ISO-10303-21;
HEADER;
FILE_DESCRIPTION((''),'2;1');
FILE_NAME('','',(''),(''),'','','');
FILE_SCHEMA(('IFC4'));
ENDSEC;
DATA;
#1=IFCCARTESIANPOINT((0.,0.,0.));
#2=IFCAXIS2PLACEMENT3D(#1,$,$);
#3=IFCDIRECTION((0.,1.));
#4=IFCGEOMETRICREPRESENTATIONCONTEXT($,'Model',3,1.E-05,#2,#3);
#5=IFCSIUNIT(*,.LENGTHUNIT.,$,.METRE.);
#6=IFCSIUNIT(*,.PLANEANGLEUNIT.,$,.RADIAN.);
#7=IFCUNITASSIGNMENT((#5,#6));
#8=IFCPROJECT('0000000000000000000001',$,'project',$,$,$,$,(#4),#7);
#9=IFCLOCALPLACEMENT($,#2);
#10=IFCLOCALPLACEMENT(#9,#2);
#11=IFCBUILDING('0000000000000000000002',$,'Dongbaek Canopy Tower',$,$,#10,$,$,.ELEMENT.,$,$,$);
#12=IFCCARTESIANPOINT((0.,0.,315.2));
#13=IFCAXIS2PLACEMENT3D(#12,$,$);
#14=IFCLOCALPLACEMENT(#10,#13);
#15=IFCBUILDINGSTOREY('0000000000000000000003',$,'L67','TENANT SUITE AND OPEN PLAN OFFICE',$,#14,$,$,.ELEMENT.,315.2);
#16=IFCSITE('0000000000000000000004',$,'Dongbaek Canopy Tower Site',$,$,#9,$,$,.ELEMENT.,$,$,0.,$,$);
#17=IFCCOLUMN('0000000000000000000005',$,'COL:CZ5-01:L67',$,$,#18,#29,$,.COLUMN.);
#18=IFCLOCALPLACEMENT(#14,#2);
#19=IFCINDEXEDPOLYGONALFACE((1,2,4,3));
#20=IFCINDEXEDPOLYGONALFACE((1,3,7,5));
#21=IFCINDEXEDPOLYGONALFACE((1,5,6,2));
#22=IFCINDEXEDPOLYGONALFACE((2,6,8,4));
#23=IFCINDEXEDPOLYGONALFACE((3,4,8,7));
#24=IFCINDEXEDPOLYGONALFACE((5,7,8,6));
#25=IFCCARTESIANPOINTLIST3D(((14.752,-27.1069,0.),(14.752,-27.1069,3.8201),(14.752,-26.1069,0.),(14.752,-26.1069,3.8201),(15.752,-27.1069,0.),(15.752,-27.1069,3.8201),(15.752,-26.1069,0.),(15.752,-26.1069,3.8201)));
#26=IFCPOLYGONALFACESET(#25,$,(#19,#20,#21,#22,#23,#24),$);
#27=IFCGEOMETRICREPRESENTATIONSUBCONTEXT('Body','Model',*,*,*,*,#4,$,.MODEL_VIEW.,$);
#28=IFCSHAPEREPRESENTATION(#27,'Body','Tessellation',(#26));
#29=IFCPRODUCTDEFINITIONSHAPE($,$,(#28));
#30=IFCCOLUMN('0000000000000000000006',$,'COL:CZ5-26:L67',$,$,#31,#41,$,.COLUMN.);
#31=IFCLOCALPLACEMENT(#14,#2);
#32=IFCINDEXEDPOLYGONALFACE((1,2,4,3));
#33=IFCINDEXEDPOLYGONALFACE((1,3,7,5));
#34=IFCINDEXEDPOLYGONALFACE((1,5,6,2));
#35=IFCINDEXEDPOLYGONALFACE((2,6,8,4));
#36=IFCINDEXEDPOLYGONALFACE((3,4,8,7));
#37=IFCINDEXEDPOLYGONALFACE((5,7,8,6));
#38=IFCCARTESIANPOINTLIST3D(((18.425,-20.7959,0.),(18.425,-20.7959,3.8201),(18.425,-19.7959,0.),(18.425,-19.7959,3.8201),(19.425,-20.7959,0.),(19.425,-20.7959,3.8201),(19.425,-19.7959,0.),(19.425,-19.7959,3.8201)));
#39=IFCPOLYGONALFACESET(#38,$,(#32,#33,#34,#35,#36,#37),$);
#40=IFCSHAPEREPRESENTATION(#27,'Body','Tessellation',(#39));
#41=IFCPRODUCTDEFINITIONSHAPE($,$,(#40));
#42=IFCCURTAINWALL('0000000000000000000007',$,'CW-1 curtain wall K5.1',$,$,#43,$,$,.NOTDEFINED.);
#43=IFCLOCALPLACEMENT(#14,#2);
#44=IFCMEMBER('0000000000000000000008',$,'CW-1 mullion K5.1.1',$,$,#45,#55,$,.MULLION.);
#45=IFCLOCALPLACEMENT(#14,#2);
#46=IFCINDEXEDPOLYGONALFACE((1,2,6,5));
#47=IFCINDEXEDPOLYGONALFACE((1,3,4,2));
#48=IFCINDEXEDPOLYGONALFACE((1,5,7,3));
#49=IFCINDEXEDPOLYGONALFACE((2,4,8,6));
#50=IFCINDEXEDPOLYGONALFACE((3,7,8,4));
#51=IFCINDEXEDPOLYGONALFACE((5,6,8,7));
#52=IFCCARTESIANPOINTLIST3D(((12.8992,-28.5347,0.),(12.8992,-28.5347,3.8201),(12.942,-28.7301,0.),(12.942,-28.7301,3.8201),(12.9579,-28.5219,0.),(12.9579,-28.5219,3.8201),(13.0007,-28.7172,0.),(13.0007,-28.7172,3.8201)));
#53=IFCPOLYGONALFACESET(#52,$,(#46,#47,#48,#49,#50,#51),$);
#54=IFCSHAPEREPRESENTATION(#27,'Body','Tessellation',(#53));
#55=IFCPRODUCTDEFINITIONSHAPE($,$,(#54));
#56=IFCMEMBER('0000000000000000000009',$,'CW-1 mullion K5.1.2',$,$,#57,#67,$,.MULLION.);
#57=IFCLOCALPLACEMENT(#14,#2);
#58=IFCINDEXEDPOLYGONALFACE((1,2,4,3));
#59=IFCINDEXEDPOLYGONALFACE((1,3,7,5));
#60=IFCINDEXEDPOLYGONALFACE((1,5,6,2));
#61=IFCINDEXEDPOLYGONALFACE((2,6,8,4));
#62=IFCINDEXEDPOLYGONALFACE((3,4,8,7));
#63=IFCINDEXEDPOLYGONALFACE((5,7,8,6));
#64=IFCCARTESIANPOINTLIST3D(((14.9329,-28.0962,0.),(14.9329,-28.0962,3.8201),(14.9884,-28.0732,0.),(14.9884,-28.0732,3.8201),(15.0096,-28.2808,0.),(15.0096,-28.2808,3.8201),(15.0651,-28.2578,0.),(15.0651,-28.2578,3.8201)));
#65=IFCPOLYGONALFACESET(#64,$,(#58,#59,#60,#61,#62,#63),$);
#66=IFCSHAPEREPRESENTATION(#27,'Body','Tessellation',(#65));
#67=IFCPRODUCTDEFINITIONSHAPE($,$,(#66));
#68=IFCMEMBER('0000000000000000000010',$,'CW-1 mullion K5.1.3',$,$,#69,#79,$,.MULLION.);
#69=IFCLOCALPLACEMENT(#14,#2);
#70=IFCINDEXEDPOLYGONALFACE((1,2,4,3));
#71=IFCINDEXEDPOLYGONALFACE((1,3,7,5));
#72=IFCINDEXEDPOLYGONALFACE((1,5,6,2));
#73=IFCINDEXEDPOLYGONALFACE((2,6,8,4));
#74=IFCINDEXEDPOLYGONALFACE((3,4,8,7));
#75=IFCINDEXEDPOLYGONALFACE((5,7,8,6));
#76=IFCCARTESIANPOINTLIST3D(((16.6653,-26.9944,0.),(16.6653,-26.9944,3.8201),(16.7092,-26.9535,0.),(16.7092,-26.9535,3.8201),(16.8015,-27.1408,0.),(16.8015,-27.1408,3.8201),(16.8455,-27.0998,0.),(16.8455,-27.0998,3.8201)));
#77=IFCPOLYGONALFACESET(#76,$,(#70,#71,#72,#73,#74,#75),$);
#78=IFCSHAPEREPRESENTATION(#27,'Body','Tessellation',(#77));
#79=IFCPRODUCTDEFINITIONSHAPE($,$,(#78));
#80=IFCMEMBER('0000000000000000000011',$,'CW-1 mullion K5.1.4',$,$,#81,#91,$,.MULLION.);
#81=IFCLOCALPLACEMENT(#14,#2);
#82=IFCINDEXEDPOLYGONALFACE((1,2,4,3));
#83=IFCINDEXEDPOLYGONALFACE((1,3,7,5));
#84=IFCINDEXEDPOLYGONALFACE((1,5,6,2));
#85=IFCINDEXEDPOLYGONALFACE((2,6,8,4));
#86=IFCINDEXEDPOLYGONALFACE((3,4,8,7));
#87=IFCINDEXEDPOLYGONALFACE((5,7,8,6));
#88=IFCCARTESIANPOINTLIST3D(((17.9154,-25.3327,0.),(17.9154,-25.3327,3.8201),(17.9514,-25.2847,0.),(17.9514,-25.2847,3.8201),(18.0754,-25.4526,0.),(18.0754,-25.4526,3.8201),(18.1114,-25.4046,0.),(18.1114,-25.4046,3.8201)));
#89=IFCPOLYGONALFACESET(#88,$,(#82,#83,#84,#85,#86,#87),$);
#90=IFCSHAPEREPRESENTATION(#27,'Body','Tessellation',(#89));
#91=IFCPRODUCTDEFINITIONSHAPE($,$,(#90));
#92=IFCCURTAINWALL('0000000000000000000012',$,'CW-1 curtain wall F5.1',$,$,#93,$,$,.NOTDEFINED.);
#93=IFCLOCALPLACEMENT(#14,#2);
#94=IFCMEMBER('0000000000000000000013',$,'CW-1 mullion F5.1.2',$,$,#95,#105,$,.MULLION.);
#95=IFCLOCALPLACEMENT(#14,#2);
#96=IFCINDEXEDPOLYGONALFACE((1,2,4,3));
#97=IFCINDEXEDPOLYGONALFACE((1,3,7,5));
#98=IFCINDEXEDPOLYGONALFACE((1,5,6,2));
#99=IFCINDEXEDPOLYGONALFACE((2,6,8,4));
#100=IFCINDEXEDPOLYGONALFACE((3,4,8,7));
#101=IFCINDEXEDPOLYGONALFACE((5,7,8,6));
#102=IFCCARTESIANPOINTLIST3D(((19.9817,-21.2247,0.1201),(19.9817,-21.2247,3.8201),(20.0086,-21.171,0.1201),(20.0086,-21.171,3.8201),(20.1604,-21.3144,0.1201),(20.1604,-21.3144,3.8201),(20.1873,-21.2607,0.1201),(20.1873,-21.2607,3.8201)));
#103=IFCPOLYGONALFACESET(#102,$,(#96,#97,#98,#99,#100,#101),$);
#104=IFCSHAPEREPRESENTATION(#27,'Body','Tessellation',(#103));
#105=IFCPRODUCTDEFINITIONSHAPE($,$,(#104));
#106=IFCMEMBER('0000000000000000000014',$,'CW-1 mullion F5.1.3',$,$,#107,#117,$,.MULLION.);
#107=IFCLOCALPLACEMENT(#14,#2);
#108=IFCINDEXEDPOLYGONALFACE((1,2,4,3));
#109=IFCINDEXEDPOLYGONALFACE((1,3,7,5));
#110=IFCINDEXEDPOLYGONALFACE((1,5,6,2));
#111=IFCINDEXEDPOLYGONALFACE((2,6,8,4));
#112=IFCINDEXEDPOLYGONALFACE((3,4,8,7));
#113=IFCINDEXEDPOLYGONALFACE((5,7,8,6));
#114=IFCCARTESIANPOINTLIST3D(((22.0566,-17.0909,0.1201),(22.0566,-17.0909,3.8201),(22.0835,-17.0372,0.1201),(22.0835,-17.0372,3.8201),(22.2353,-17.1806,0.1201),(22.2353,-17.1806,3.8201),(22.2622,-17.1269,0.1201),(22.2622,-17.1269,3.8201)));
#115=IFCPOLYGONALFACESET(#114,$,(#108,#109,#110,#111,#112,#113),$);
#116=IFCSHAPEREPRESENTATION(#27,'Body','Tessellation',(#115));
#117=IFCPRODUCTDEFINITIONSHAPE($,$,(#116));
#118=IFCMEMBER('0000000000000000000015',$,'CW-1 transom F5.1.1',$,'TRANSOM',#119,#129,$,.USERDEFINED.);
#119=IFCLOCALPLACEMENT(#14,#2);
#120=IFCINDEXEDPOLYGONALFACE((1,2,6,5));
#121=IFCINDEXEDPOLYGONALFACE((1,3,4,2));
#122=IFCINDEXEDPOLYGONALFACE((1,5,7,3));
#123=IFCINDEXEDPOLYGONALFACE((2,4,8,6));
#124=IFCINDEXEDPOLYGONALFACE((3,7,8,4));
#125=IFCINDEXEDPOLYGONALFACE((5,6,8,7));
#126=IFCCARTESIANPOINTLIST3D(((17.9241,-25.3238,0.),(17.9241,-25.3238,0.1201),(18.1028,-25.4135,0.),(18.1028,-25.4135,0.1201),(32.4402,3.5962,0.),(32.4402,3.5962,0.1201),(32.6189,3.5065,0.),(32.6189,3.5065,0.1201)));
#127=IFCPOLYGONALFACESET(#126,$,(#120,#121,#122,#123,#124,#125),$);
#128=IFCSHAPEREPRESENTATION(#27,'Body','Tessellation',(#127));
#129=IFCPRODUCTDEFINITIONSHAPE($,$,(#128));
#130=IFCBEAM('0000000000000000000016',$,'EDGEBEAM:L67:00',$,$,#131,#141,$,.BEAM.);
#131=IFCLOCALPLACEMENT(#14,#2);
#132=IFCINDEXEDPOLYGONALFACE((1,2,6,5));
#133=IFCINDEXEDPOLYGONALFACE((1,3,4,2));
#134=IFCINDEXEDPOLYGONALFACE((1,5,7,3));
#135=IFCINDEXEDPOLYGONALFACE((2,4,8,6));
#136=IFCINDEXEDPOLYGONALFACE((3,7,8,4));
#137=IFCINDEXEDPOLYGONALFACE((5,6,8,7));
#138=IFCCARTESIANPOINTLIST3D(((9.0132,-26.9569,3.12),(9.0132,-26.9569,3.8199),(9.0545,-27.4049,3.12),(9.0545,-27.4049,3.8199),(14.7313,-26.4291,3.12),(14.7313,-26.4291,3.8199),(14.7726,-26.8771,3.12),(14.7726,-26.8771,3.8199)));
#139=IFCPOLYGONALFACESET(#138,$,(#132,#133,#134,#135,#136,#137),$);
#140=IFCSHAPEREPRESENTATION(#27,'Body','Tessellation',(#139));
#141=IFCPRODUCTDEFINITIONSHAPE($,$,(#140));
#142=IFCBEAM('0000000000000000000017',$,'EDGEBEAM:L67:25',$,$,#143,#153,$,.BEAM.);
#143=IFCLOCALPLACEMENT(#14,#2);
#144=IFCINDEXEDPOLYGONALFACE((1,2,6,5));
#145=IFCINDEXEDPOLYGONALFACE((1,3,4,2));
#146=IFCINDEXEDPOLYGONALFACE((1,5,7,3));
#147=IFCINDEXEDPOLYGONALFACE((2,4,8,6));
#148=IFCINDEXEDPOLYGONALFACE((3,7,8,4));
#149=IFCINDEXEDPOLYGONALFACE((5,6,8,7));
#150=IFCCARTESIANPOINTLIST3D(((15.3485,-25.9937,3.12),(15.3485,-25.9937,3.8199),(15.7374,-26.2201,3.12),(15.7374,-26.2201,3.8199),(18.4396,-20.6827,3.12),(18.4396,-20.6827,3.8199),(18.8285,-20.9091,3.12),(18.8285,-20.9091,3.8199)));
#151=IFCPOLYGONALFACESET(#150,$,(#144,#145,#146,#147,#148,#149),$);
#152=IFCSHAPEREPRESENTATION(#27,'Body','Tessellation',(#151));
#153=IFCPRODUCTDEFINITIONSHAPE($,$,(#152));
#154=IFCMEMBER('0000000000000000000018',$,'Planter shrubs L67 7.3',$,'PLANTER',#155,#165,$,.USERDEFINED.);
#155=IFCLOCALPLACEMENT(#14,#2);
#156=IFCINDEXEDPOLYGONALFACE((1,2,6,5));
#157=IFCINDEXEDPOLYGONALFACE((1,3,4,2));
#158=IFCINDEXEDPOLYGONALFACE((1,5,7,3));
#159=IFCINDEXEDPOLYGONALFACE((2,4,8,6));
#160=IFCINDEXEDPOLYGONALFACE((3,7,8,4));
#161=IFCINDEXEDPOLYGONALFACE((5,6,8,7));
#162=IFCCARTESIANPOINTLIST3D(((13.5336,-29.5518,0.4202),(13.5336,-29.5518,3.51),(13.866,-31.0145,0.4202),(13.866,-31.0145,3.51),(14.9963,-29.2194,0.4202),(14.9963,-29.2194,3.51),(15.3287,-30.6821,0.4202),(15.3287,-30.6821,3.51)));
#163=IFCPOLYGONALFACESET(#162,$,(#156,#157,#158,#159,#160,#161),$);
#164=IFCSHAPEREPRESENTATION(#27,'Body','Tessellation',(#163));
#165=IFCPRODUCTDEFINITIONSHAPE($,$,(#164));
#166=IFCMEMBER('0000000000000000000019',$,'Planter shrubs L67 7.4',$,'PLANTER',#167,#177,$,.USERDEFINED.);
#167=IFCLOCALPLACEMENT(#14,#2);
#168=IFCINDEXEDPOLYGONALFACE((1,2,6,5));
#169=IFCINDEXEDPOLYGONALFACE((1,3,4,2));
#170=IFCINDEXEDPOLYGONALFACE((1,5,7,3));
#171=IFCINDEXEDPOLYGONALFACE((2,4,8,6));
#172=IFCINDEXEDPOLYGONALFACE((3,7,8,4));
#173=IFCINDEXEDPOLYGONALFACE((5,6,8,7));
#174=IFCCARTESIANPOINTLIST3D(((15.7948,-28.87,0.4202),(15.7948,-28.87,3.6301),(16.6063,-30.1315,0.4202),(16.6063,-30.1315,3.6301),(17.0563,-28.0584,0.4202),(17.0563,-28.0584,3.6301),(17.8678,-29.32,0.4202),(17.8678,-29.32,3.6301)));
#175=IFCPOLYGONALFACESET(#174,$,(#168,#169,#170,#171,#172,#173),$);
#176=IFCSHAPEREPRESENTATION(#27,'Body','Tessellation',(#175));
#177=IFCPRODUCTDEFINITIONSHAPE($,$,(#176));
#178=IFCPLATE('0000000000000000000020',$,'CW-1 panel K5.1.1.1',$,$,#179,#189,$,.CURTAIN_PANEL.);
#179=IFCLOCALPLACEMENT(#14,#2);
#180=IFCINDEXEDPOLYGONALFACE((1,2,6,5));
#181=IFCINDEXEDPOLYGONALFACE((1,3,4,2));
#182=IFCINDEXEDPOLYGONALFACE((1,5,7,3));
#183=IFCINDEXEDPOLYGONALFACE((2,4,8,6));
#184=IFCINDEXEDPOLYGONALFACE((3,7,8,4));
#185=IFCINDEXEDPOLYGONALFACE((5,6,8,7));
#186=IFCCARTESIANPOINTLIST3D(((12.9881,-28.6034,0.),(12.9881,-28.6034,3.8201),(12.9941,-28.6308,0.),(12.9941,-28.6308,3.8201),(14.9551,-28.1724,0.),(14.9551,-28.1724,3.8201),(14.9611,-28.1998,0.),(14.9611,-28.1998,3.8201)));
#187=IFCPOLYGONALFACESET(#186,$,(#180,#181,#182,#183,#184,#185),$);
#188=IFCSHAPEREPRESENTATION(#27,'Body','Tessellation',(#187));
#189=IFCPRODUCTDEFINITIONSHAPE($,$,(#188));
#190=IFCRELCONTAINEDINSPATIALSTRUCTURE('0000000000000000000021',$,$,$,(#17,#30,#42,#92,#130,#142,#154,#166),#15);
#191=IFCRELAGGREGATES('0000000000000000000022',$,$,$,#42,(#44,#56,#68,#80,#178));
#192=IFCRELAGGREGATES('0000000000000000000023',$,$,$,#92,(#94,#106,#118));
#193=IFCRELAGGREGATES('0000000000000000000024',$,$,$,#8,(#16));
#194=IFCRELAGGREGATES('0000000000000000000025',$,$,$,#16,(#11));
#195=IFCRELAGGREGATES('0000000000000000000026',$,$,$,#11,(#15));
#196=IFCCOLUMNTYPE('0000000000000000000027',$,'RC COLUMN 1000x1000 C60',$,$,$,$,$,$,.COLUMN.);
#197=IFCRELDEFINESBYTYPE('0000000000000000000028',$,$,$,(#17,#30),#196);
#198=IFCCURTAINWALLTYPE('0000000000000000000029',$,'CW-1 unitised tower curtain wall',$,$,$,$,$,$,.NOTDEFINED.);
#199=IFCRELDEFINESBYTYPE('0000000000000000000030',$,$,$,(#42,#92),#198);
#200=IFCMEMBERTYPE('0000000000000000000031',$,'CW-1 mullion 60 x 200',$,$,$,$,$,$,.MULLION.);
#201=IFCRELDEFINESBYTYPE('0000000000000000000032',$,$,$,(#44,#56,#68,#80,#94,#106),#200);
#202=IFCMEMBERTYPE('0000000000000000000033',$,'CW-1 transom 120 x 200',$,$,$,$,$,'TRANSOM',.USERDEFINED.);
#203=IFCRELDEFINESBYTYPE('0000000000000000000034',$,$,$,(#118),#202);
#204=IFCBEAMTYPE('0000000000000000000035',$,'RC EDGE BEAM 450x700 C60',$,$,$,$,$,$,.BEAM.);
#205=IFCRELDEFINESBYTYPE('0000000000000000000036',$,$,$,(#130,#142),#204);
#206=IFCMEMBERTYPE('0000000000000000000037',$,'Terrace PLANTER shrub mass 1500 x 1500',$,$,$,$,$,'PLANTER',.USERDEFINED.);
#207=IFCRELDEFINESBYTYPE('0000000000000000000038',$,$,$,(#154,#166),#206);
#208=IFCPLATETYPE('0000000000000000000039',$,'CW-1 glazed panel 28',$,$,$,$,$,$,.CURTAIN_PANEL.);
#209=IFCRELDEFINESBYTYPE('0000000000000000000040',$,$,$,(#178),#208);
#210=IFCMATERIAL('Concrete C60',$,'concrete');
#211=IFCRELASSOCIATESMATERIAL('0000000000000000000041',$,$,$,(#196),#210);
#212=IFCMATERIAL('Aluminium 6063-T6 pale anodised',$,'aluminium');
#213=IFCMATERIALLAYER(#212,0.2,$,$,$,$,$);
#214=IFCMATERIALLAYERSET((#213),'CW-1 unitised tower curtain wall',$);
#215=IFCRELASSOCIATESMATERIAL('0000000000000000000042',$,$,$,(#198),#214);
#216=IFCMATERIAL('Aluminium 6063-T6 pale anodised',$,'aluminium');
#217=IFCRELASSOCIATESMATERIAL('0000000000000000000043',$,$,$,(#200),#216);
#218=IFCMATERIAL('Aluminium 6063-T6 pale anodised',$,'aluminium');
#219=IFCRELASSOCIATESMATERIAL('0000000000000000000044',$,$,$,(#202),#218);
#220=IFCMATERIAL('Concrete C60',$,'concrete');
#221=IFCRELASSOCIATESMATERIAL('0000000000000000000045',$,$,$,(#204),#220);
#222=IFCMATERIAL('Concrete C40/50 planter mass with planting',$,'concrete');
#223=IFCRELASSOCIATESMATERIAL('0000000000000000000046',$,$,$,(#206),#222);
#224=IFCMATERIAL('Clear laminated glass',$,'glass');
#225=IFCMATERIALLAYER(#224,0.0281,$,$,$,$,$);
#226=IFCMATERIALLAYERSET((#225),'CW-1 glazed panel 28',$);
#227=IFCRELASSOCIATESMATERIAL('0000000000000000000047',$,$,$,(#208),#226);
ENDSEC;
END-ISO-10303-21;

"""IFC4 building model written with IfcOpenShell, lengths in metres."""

from ifc_helpers import new_model, si_unit, direction, frame, origin, origin_2d, place, context, subcontext, project, spatial, rectangle, extrude, material, layer, layer_set, material_profile, profile_set, type_object, element, aggregate, save


model = new_model("IFC4")

# Units and contexts
model_context = context("Model", 3, precision=1e-05, world=origin(), true_north=direction((0.0, 1.0)))
body_context = subcontext(model_context, "Body", "Model", "MODEL_VIEW")
ifc_project = project(units=[si_unit("LENGTHUNIT", "METRE"), si_unit("PLANEANGLEUNIT", "RADIAN")], contexts=[model_context])

# Site, building, storey
site_placement = place(None, origin())
site = spatial("IfcSite", under=ifc_project, at=site_placement, Name="Dongbaek Canopy Tower Site", CompositionType="ELEMENT", RefElevation=0.0)
building_placement = place(site_placement, origin())
building = spatial("IfcBuilding", under=site, at=building_placement, Name="Dongbaek Canopy Tower", CompositionType="ELEMENT")
storey_placement = place(building_placement, frame((0.0, 0.0, 315.2)))
storey = spatial("IfcBuildingStorey", under=building, at=storey_placement, Name="L67", Description="TENANT SUITE AND OPEN PLAN OFFICE", CompositionType="ELEMENT", Elevation=315.2)

# Columns
ifc_material_1 = material(Name="Concrete C60", Category="concrete")
ifc_material_profile_1 = material_profile(ifc_material_1, rectangle(XDim=1.0, YDim=1.0, at=origin_2d()), Name="RC COLUMN 1000x1000 C60")
ifc_profile_set_1 = profile_set([ifc_material_profile_1], Name="Concrete C60")
column_type = type_object("IfcColumnType", Name="RC COLUMN 1000x1000 C60", PredefinedType="COLUMN", material=ifc_profile_set_1)
for number, where, z_axis, x_axis, name in (
    (1, (15.252, -26.6069, 0.0), (0.0, 0.0, 1.0), (1.0, 0.0, 0.0), "COL:CZ5-01:L67"),
    (2, (18.925, -20.2959, 0.0), (0.0, 0.0, 1.0), (1.0, 0.0, 0.0), "COL:CZ5-26:L67"),
):
    element("IfcColumn", number, at=place(storey_placement, frame(where, z_axis=z_axis, x_axis=x_axis)), inside=storey, type_object=column_type, Name=name, PredefinedType="COLUMN", context=body_context, shape_type="SweptSolid", body=[
        extrude(rectangle(XDim=1.0, YDim=1.0, at=origin_2d()), origin(), (0.0, 0.0, 1.0), 3.8201),
    ])

# Curtain walls, members
ifc_material_2 = material(Name="Aluminium 6063-T6 pale anodised", Category="aluminium")
ifc_layer_1 = layer(ifc_material_2, 0.2)
ifc_layer_set_1 = layer_set([ifc_layer_1], Name="CW-1 unitised tower curtain wall")
curtain_wall_type = type_object("IfcCurtainWallType", Name="CW-1 unitised tower curtain wall", PredefinedType="NOTDEFINED", material=ifc_layer_set_1)
curtain_wall_1_placement = place(storey_placement, origin())
curtain_wall_1 = element("IfcCurtainWall", 3, at=curtain_wall_1_placement, inside=storey, type_object=curtain_wall_type, Name="CW-1 curtain wall K5.1", PredefinedType="NOTDEFINED")
ifc_material_3 = material(Name="Aluminium 6063-T6 pale anodised", Category="aluminium")
ifc_material_profile_2 = material_profile(ifc_material_3, rectangle(XDim=0.2, YDim=0.0601, at=origin_2d()), Name="CW-1 mullion 60 x 200")
ifc_profile_set_2 = profile_set([ifc_material_profile_2], Name="Aluminium 6063-T6 pale anodised")
member_type_1 = type_object("IfcMemberType", Name="CW-1 mullion 60 x 200", PredefinedType="MULLION", material=ifc_profile_set_2)
member_1_placement = place(storey_placement, frame((12.95, -28.626, 0.0), z_axis=(0.0, 0.0, 1.0), x_axis=(0.214032, -0.976827, 0.0)))
member_1 = element("IfcMember", 4, at=member_1_placement, type_object=member_type_1, Name="CW-1 mullion K5.1.1", PredefinedType="MULLION", context=body_context, shape_type="SweptSolid", body=[
    extrude(rectangle(XDim=0.2, YDim=0.0601, at=origin_2d()), origin(), (0.0, 0.0, 1.0), 3.8201),
])
member_2_placement = place(storey_placement, frame((14.999, -28.177, 0.0), z_axis=(0.0, 0.0, 1.0), x_axis=(0.38359, -0.923503, 0.0)))
member_2 = element("IfcMember", 5, at=member_2_placement, type_object=member_type_1, Name="CW-1 mullion K5.1.2", PredefinedType="MULLION", context=body_context, shape_type="SweptSolid", body=[
    extrude(rectangle(XDim=0.2, YDim=0.0601, at=origin_2d()), origin(), (0.0, 0.0, 1.0), 3.8201),
])
member_3_placement = place(storey_placement, frame((16.7554, -27.0471, 0.0), z_axis=(0.0, 0.0, 1.0), x_axis=(0.681375, -0.731934, 0.0)))
member_3 = element("IfcMember", 6, at=member_3_placement, type_object=member_type_1, Name="CW-1 mullion K5.1.3", PredefinedType="MULLION", context=body_context, shape_type="SweptSolid", body=[
    extrude(rectangle(XDim=0.2, YDim=0.0601, at=origin_2d()), origin(), (0.0, 0.0, 1.0), 3.8201),
])
member_4_placement = place(storey_placement, frame((18.0134, -25.3687, 0.0), z_axis=(0.0, 0.0, 1.0), x_axis=(0.800195, -0.59974, 0.0)))
member_4 = element("IfcMember", 7, at=member_4_placement, type_object=member_type_1, Name="CW-1 mullion K5.1.4", PredefinedType="MULLION", context=body_context, shape_type="SweptSolid", body=[
    extrude(rectangle(XDim=0.2, YDim=0.0601, at=origin_2d()), origin(), (0.0, 0.0, 1.0), 3.8201),
])
curtain_wall_2_placement = place(storey_placement, origin())
curtain_wall_2 = element("IfcCurtainWall", 8, at=curtain_wall_2_placement, inside=storey, type_object=curtain_wall_type, Name="CW-1 curtain wall F5.1", PredefinedType="NOTDEFINED")
member_5_placement = place(storey_placement, frame((20.0845, -21.2427, 0.1201), z_axis=(0.0, 0.0, 1.0), x_axis=(0.893733, -0.448598, 0.0)))
member_5 = element("IfcMember", 9, at=member_5_placement, type_object=member_type_1, Name="CW-1 mullion F5.1.2", PredefinedType="MULLION", context=body_context, shape_type="SweptSolid", body=[
    extrude(rectangle(XDim=0.2, YDim=0.0601, at=origin_2d()), origin(), (0.0, 0.0, 1.0), 3.7),
])
member_6_placement = place(storey_placement, frame((22.1594, -17.1089, 0.1201), z_axis=(0.0, 0.0, 1.0), x_axis=(0.893733, -0.448598, 0.0)))
member_6 = element("IfcMember", 10, at=member_6_placement, type_object=member_type_1, Name="CW-1 mullion F5.1.3", PredefinedType="MULLION", context=body_context, shape_type="SweptSolid", body=[
    extrude(rectangle(XDim=0.2, YDim=0.0601, at=origin_2d()), origin(), (0.0, 0.0, 1.0), 3.7),
])
ifc_material_4 = material(Name="Aluminium 6063-T6 pale anodised", Category="aluminium")
ifc_material_profile_3 = material_profile(ifc_material_4, rectangle(XDim=0.2, YDim=0.1201, at=origin_2d()), Name="CW-1 transom 120 x 200")
ifc_profile_set_3 = profile_set([ifc_material_profile_3], Name="Aluminium 6063-T6 pale anodised")
member_type_2 = type_object("IfcMemberType", Name="CW-1 transom 120 x 200", ElementType="TRANSOM", PredefinedType="USERDEFINED", material=ifc_profile_set_3)
member_7_placement = place(storey_placement, frame((18.0134, -25.3687, 0.0601), z_axis=(0.448601, 0.893732, 0.0), x_axis=(-0.893732, 0.448601, 0.0)))
member_7 = element("IfcMember", 11, at=member_7_placement, type_object=member_type_2, Name="CW-1 transom F5.1.1", ObjectType="TRANSOM", PredefinedType="USERDEFINED", context=body_context, shape_type="SweptSolid", body=[
    extrude(rectangle(XDim=0.2, YDim=0.1201, at=origin_2d()), origin(), (0.0, 0.0, 1.0), 32.3586),
])

# Beams
ifc_material_5 = material(Name="Concrete C60", Category="concrete")
ifc_material_profile_4 = material_profile(ifc_material_5, rectangle(XDim=0.45, YDim=0.7, at=origin_2d()), Name="RC EDGE BEAM 450x700 C60")
ifc_profile_set_4 = profile_set([ifc_material_profile_4], Name="Concrete C60")
beam_type = type_object("IfcBeamType", Name="RC EDGE BEAM 450x700 C60", PredefinedType="BEAM", material=ifc_profile_set_4)
beam_1_placement = place(storey_placement, frame((14.752, -26.6531, 3.47), z_axis=(-0.995766, -0.09192, 0.0), x_axis=(0.09192, -0.995766, 0.0)))
element("IfcBeam", 12, at=beam_1_placement, inside=storey, type_object=beam_type, Name="EDGEBEAM:L67:00", PredefinedType="BEAM", context=body_context, shape_type="SweptSolid", body=[
    extrude(rectangle(XDim=0.45, YDim=0.7, at=origin_2d()), origin(), (0.0, 0.0, 1.0), 5.7424),
])
beam_2_placement = place(storey_placement, frame((18.634, -20.7959, 3.47), z_axis=(-0.503016, -0.864277, 0.0), x_axis=(0.864277, -0.503016, 0.0)))
element("IfcBeam", 13, at=beam_2_placement, inside=storey, type_object=beam_type, Name="EDGEBEAM:L67:25", PredefinedType="BEAM", context=body_context, shape_type="SweptSolid", body=[
    extrude(rectangle(XDim=0.45, YDim=0.7, at=origin_2d()), origin(), (0.0, 0.0, 1.0), 6.145),
])

# Members
ifc_material_6 = material(Name="Concrete C40/50 planter mass with planting", Category="concrete")
ifc_material_profile_5 = material_profile(ifc_material_6, rectangle(XDim=1.5, YDim=1.5, at=origin_2d()), Name="Terrace PLANTER shrub mass 1500 x 1500")
ifc_profile_set_5 = profile_set([ifc_material_profile_5], Name="Concrete C40/50 planter mass with planting")
member_type_3 = type_object("IfcMemberType", Name="Terrace PLANTER shrub mass 1500 x 1500", ElementType="PLANTER", PredefinedType="USERDEFINED", material=ifc_profile_set_5)
member_8_placement = place(storey_placement, frame((14.4312, -30.1169, 0.4202), z_axis=(0.0, 0.0, 1.0), x_axis=(0.221619, -0.975133, 0.0)))
element("IfcMember", 14, at=member_8_placement, inside=storey, type_object=member_type_3, Name="Planter shrubs L67 7.3", ObjectType="PLANTER", PredefinedType="USERDEFINED", context=body_context, shape_type="SweptSolid", body=[
    extrude(rectangle(XDim=1.5, YDim=1.5, at=origin_2d()), origin(), (0.0, 0.0, 1.0), 3.0898),
])
member_9_placement = place(storey_placement, frame((16.8313, -29.095, 0.4202), z_axis=(0.0, 0.0, 1.0), x_axis=(0.541029, -0.841004, 0.0)))
element("IfcMember", 15, at=member_9_placement, inside=storey, type_object=member_type_3, Name="Planter shrubs L67 7.4", ObjectType="PLANTER", PredefinedType="USERDEFINED", context=body_context, shape_type="SweptSolid", body=[
    extrude(rectangle(XDim=1.5, YDim=1.5, at=origin_2d()), origin(), (0.0, 0.0, 1.0), 3.21),
])

# Plate
ifc_material_7 = material(Name="Clear laminated glass", Category="glass")
ifc_layer_2 = layer(ifc_material_7, 0.0281)
ifc_layer_set_2 = layer_set([ifc_layer_2], Name="CW-1 glazed panel 28")
plate_type = type_object("IfcPlateType", Name="CW-1 glazed panel 28", PredefinedType="CURTAIN_PANEL", material=ifc_layer_set_2)
plate_1_placement = place(storey_placement, frame((13.9746, -28.4016, 0.0), z_axis=(0.0, 0.0, 1.0), x_axis=(0.976827, 0.214032, 0.0)))
plate_1 = element("IfcPlate", 16, at=plate_1_placement, type_object=plate_type, Name="CW-1 panel K5.1.1.1", PredefinedType="CURTAIN_PANEL", context=body_context, shape_type="SweptSolid", body=[
    extrude(rectangle(XDim=2.0137, YDim=0.0281, at=origin_2d()), origin(), (0.0, 0.0, 1.0), 3.8201),
])
aggregate(curtain_wall_1, [member_1, member_2, member_3, member_4, plate_1])

aggregate(curtain_wall_2, [member_5, member_6, member_7])

save(model, "model.ifc")
